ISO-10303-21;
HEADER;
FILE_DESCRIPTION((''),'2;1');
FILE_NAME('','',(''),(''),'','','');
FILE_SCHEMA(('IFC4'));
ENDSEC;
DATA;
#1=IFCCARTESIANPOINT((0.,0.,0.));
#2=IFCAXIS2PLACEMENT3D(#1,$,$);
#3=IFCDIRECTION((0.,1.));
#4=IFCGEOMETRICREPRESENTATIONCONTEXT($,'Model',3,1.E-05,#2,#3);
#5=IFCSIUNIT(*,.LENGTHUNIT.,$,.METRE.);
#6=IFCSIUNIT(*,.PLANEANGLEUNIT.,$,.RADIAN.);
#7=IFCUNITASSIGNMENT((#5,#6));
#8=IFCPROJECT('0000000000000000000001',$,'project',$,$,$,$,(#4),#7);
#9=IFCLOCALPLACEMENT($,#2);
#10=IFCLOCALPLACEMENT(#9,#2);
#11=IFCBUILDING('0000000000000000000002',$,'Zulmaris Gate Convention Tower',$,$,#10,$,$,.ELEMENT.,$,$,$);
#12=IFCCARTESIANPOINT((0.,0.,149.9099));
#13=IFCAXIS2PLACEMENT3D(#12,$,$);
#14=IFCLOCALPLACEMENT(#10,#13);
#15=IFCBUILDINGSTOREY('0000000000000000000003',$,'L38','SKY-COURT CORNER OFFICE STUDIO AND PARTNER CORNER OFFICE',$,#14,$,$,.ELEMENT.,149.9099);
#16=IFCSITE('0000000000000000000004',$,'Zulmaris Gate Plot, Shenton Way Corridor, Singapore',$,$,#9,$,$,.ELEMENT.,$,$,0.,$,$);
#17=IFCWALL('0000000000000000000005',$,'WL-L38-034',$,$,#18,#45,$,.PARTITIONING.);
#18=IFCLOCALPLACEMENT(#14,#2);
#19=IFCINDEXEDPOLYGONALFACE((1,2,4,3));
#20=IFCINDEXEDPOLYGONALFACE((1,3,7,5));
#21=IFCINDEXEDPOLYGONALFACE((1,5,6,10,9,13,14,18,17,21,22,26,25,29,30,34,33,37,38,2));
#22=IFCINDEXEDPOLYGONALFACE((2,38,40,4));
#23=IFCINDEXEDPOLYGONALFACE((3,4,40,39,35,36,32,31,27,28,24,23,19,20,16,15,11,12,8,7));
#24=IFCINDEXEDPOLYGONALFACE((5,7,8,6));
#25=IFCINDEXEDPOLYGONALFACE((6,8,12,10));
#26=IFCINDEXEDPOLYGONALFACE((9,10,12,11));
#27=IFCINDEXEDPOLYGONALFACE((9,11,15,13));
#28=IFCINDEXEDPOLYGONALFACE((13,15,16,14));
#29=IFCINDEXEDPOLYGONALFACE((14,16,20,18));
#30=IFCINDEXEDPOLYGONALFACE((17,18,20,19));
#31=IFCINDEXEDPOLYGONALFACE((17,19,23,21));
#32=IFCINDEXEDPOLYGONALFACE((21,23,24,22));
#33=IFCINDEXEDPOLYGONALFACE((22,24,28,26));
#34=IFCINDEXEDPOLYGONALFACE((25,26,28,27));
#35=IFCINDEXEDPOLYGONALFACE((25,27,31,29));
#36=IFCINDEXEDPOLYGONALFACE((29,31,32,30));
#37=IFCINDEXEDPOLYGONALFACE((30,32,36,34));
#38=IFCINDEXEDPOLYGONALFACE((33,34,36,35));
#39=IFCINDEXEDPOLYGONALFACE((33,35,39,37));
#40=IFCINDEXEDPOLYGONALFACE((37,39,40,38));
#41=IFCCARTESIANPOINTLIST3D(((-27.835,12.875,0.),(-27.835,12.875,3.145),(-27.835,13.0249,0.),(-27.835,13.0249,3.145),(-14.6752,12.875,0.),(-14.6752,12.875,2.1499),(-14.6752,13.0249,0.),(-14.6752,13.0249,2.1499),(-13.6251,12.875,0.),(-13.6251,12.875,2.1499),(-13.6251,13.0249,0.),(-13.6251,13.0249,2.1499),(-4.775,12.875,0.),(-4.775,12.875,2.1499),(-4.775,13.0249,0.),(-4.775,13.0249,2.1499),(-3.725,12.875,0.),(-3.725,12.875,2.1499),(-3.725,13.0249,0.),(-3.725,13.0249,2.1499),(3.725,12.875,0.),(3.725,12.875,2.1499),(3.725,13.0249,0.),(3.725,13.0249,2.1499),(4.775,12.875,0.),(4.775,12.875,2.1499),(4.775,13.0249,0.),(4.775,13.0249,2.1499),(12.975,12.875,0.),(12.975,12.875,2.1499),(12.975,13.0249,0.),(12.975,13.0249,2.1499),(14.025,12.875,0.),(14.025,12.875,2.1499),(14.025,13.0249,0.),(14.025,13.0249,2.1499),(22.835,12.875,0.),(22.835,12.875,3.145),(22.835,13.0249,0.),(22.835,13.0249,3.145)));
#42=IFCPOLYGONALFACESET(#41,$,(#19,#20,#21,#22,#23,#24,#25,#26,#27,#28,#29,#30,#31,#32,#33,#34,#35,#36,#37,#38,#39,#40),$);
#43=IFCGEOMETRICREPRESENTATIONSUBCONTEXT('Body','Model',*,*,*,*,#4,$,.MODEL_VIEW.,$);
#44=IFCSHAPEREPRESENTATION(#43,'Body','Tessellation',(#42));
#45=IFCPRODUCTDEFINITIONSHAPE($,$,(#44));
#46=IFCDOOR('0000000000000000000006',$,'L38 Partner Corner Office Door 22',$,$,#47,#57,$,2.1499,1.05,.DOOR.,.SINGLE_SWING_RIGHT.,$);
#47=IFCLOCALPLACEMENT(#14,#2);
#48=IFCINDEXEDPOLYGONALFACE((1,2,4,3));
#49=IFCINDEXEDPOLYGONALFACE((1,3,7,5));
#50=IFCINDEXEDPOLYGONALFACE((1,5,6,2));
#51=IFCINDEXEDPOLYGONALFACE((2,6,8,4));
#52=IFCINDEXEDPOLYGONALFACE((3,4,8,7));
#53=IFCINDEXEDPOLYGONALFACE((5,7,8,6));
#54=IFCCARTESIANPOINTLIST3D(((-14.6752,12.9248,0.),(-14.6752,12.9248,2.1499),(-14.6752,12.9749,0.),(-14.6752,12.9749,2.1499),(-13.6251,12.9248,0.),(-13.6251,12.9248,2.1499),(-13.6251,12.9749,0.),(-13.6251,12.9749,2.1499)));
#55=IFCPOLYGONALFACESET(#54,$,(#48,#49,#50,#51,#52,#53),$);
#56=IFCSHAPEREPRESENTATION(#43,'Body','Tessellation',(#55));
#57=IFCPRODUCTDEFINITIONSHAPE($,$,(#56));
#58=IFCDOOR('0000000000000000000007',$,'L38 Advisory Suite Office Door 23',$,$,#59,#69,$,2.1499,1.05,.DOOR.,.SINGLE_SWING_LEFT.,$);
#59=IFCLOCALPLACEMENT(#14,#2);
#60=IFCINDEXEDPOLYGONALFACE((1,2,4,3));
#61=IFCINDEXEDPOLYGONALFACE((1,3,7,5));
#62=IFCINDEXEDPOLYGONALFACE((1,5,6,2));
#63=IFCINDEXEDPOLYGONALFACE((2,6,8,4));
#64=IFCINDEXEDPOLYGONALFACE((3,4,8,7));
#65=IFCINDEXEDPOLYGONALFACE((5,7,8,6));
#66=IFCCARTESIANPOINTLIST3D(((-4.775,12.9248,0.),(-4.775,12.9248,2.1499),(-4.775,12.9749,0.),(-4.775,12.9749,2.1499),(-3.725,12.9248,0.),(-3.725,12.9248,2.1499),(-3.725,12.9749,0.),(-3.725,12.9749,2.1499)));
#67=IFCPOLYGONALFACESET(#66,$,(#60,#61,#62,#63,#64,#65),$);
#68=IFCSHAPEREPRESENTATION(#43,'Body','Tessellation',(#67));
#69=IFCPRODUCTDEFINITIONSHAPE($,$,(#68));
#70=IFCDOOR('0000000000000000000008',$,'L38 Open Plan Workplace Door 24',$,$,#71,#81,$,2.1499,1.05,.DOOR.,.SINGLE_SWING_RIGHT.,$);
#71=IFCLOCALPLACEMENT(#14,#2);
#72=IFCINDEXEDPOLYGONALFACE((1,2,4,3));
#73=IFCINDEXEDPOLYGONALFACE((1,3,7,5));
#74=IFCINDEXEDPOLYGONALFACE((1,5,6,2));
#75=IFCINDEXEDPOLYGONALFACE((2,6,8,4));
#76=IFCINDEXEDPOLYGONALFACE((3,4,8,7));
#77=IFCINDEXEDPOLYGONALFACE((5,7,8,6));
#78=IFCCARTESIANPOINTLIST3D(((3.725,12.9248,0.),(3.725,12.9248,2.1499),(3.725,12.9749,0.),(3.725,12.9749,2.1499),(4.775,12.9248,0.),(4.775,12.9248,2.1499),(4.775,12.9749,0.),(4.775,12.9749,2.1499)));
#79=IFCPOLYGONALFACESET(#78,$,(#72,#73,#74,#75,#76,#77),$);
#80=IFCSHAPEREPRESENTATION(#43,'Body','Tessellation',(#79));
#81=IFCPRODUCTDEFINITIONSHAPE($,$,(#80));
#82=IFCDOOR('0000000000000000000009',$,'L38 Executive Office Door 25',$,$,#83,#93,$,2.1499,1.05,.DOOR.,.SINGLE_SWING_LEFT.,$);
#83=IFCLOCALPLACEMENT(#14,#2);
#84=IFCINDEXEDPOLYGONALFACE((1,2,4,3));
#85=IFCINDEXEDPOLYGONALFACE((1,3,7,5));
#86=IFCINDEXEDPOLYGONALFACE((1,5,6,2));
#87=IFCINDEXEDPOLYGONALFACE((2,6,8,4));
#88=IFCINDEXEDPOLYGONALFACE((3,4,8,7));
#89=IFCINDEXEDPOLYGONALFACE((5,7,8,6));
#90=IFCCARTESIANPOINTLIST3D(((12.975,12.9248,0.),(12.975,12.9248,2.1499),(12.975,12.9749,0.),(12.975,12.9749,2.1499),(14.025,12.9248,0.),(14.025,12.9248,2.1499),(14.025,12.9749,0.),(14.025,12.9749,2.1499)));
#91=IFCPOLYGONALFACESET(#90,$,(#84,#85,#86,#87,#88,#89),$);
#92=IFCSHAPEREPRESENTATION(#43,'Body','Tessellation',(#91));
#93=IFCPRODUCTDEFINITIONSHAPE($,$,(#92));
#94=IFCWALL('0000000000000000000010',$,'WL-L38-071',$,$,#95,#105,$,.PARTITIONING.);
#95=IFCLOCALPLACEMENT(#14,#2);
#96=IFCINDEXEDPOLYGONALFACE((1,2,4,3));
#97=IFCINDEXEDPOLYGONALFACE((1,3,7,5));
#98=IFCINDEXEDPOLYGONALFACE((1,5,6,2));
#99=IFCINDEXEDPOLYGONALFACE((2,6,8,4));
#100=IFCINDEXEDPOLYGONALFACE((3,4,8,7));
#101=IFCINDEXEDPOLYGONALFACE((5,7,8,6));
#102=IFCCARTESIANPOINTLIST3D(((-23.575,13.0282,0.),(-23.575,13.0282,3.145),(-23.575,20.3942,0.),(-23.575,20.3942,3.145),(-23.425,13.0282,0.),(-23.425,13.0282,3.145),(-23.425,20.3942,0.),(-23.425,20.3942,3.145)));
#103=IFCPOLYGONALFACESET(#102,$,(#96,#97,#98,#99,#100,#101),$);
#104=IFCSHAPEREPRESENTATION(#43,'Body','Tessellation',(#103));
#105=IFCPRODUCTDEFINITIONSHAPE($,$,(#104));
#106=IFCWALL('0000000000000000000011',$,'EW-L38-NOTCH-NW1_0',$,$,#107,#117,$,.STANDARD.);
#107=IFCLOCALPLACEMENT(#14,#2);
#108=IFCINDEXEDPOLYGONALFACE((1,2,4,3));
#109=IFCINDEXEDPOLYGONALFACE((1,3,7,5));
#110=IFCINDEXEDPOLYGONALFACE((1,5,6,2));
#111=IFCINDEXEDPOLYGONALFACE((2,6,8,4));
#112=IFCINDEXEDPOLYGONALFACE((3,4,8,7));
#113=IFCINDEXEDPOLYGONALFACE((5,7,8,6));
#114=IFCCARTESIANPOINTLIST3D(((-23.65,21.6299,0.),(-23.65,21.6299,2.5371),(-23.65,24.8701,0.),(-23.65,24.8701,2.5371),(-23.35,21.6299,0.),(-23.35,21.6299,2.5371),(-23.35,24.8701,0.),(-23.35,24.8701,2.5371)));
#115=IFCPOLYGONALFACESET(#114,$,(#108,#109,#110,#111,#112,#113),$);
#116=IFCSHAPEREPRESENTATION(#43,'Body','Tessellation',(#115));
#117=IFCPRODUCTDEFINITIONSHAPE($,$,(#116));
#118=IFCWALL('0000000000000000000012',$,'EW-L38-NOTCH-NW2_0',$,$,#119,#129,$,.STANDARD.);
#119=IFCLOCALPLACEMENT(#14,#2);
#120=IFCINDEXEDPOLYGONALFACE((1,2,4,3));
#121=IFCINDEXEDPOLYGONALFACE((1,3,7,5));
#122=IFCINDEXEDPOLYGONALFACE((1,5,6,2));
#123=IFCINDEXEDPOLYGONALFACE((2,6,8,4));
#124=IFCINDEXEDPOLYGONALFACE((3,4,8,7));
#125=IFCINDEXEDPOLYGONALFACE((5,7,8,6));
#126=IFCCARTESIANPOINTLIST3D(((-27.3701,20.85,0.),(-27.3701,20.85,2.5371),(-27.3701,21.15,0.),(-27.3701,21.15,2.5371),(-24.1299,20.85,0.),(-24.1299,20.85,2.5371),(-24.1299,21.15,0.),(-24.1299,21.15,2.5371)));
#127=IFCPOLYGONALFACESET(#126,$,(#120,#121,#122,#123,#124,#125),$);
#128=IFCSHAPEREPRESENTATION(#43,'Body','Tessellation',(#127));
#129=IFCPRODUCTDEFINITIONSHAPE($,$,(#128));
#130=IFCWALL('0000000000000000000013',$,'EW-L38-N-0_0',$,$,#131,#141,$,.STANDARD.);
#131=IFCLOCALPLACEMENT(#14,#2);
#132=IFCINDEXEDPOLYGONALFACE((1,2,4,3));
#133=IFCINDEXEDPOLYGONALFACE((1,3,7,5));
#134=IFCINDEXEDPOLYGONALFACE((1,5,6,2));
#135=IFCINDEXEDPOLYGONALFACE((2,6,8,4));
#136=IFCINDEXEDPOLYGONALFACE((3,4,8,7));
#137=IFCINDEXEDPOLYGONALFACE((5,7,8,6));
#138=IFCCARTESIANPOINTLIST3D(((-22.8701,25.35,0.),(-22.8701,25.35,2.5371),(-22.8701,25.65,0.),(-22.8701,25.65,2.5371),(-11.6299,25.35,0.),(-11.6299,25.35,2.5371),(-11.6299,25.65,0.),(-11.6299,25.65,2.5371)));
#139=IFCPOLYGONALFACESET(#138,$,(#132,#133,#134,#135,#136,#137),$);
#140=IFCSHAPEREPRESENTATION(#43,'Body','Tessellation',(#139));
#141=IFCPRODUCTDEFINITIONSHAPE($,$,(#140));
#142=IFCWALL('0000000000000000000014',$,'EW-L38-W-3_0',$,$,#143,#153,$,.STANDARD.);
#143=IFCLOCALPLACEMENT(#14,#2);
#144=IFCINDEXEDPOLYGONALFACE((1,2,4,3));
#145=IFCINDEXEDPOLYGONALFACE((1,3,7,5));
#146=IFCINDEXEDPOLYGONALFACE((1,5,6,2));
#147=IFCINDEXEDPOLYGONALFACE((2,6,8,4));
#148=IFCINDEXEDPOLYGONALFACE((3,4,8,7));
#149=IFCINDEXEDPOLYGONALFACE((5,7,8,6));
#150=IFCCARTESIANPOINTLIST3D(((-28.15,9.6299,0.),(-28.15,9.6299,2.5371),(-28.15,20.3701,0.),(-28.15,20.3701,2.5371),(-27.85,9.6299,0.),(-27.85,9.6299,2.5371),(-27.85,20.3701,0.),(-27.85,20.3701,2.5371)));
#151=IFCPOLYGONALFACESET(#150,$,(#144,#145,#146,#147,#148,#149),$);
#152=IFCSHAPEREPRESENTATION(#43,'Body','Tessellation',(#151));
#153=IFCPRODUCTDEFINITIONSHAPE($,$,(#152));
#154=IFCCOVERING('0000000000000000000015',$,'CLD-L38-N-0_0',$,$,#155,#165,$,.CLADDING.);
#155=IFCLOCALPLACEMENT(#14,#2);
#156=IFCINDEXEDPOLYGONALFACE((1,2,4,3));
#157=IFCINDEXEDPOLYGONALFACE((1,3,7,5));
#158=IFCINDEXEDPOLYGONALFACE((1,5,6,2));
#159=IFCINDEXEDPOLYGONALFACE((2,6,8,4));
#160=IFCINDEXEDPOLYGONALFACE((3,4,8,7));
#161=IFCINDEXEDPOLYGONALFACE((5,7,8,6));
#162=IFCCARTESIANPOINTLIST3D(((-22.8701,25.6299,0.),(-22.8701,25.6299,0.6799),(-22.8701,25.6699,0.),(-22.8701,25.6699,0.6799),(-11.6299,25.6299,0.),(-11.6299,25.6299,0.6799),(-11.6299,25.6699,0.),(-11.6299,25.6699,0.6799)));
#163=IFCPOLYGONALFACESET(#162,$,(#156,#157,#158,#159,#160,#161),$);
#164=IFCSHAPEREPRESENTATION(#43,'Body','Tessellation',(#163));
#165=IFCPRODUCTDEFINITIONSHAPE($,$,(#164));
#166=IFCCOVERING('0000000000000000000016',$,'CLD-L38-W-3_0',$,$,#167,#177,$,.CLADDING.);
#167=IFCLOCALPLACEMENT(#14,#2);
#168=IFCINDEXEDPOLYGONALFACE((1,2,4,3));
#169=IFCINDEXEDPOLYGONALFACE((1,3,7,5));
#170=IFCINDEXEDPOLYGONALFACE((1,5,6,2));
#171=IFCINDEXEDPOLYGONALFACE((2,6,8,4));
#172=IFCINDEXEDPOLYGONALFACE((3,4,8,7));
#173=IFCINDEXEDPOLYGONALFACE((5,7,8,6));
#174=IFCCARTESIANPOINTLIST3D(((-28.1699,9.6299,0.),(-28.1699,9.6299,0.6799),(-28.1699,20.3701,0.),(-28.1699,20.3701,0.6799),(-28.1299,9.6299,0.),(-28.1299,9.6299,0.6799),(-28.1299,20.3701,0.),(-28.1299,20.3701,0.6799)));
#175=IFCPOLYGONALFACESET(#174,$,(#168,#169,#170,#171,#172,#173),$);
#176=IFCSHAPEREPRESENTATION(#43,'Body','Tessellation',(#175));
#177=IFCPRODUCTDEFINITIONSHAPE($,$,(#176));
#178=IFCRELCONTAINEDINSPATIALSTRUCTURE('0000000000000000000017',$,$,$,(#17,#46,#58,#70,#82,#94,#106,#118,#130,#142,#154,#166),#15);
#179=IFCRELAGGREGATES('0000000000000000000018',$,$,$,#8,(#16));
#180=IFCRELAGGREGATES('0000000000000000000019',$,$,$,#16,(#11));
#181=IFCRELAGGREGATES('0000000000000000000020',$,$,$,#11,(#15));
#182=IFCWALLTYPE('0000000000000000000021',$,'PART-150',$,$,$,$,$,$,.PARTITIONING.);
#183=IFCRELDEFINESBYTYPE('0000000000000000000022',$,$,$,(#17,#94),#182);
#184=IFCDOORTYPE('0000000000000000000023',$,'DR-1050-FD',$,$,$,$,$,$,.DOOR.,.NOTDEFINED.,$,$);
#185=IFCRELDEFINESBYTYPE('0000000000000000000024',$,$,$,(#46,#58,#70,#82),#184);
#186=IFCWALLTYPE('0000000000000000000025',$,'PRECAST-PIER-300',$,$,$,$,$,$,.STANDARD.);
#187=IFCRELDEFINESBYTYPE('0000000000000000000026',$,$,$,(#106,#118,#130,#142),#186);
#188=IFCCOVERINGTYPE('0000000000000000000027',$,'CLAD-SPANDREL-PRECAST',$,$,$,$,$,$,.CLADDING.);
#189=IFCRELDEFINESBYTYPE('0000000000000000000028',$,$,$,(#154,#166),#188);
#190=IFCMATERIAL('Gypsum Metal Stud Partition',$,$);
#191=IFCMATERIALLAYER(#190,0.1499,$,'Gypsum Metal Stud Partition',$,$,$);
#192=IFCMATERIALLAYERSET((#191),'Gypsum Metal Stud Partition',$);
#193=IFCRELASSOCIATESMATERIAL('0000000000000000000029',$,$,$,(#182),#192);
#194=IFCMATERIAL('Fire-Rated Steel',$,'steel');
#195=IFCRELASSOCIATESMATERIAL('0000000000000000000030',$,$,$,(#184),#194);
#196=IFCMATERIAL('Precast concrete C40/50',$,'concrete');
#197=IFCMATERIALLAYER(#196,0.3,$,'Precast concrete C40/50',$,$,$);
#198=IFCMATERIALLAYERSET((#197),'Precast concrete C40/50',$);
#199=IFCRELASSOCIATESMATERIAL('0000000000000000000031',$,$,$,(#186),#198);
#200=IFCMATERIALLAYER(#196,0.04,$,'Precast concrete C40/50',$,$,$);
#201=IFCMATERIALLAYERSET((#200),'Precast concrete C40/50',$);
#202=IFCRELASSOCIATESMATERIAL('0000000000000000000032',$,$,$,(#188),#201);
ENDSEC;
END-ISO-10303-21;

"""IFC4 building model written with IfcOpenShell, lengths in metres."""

from ifc_helpers import new_model, si_unit, direction, frame, frame_2d, origin, place, context, subcontext, project, spatial, rectangle, extrude, material, layer, layer_set, type_object, element, fill, save


model = new_model("IFC4")

# Units and contexts
model_context = context("Model", 3, precision=1e-05, world=origin(), true_north=direction((0.0, 1.0)))
body_context = subcontext(model_context, "Body", "Model", "MODEL_VIEW")
ifc_project = project(units=[si_unit("LENGTHUNIT", "METRE"), si_unit("PLANEANGLEUNIT", "RADIAN")], contexts=[model_context])

# Site, building, storey
site_placement = place(None, origin())
site = spatial("IfcSite", under=ifc_project, at=site_placement, Name="Zulmaris Gate Plot, Shenton Way Corridor, Singapore", CompositionType="ELEMENT", RefElevation=0.0)
building_placement = place(site_placement, origin())
building = spatial("IfcBuilding", under=site, at=building_placement, Name="Zulmaris Gate Convention Tower", CompositionType="ELEMENT")
storey_placement = place(building_placement, frame((0.0, 0.0, 149.9099)))
storey = spatial("IfcBuildingStorey", under=building, at=storey_placement, Name="L38", Description="SKY-COURT CORNER OFFICE STUDIO AND PARTNER CORNER OFFICE", CompositionType="ELEMENT", Elevation=149.9099)

# Wall, openings, doors
ifc_material_1 = material(Name="Gypsum Metal Stud Partition")
ifc_layer_1 = layer(ifc_material_1, 0.1499, Name="Gypsum Metal Stud Partition")
ifc_layer_set_1 = layer_set([ifc_layer_1], Name="Gypsum Metal Stud Partition")
wall_type_1 = type_object("IfcWallType", Name="PART-150", PredefinedType="PARTITIONING", material=ifc_layer_set_1)
wall_1_placement = place(storey_placement, frame((-27.835, 12.95, 0.0), z_axis=(0.0, 0.0, 1.0), x_axis=(1.0, 0.0, 0.0)))
wall_1 = element("IfcWall", 1, at=wall_1_placement, inside=storey, type_object=wall_type_1, Name="WL-L38-034", PredefinedType="PARTITIONING", context=body_context, shape_type="SweptSolid", body=[
    extrude(rectangle(XDim=50.6699, YDim=0.1499, at=frame_2d((25.335, 0.0))), origin(), (0.0, 0.0, 1.0), 3.145),
])
opening_1_placement = place(wall_1_placement, frame((13.1599, 0.0, 0.0)))
opening_1 = element("IfcOpeningElement", 2, at=opening_1_placement, cuts=wall_1, PredefinedType="OPENING", context=body_context, shape_type="SweptSolid", body=[
    extrude(rectangle(XDim=1.05, YDim=2.1499, at=frame_2d((0.5249, 1.075))), frame((0.0, 0.085, 0.0), z_axis=(0.0, -1.0, 0.0), x_axis=(1.0, 0.0, 0.0)), (0.0, 0.0, 1.0), 0.1699),
])
opening_2_placement = place(wall_1_placement, frame((23.0601, 0.0, 0.0)))
opening_2 = element("IfcOpeningElement", 3, at=opening_2_placement, cuts=wall_1, PredefinedType="OPENING", context=body_context, shape_type="SweptSolid", body=[
    extrude(rectangle(XDim=1.05, YDim=2.1499, at=frame_2d((0.5249, 1.075))), frame((0.0, 0.085, 0.0), z_axis=(0.0, -1.0, 0.0), x_axis=(1.0, 0.0, 0.0)), (0.0, 0.0, 1.0), 0.1699),
])
opening_3_placement = place(wall_1_placement, frame((31.5601, 0.0, 0.0)))
opening_3 = element("IfcOpeningElement", 4, at=opening_3_placement, cuts=wall_1, PredefinedType="OPENING", context=body_context, shape_type="SweptSolid", body=[
    extrude(rectangle(XDim=1.05, YDim=2.1499, at=frame_2d((0.5249, 1.075))), frame((0.0, 0.085, 0.0), z_axis=(0.0, -1.0, 0.0), x_axis=(1.0, 0.0, 0.0)), (0.0, 0.0, 1.0), 0.1699),
])
opening_4_placement = place(wall_1_placement, frame((40.8101, 0.0, 0.0)))
opening_4 = element("IfcOpeningElement", 5, at=opening_4_placement, cuts=wall_1, PredefinedType="OPENING", context=body_context, shape_type="SweptSolid", body=[
    extrude(rectangle(XDim=1.05, YDim=2.1499, at=frame_2d((0.5249, 1.075))), frame((0.0, 0.085, 0.0), z_axis=(0.0, -1.0, 0.0), x_axis=(1.0, 0.0, 0.0)), (0.0, 0.0, 1.0), 0.1699),
])
ifc_material_2 = material(Name="Fire-Rated Steel", Category="steel")
door_type_1 = type_object("IfcDoorType", Name="DR-1050-FD", OperationType="NOTDEFINED", PredefinedType="DOOR", material=ifc_material_2)
door_1_placement = place(opening_1_placement, origin())
door_1 = element("IfcDoor", 6, at=door_1_placement, inside=storey, type_object=door_type_1, Name="L38 Partner Corner Office Door 22", OperationType="SINGLE_SWING_RIGHT", OverallHeight=2.1499, OverallWidth=1.05, PredefinedType="DOOR", context=body_context, shape_type="SweptSolid", body=[
    extrude(rectangle(XDim=1.05, YDim=2.1499, at=frame_2d((0.5249, 1.075))), frame((0.0, 0.0249, 0.0), z_axis=(0.0, -1.0, 0.0), x_axis=(1.0, 0.0, 0.0)), (0.0, 0.0, 1.0), 0.05),
])
fill(opening_1, door_1)
door_2_placement = place(opening_2_placement, origin())
door_2 = element("IfcDoor", 7, at=door_2_placement, inside=storey, type_object=door_type_1, Name="L38 Advisory Suite Office Door 23", OperationType="SINGLE_SWING_LEFT", OverallHeight=2.1499, OverallWidth=1.05, PredefinedType="DOOR", context=body_context, shape_type="SweptSolid", body=[
    extrude(rectangle(XDim=1.05, YDim=2.1499, at=frame_2d((0.5249, 1.075))), frame((0.0, 0.0249, 0.0), z_axis=(0.0, -1.0, 0.0), x_axis=(1.0, 0.0, 0.0)), (0.0, 0.0, 1.0), 0.05),
])
fill(opening_2, door_2)
door_3_placement = place(opening_3_placement, origin())
door_3 = element("IfcDoor", 8, at=door_3_placement, inside=storey, type_object=door_type_1, Name="L38 Open Plan Workplace Door 24", OperationType="SINGLE_SWING_RIGHT", OverallHeight=2.1499, OverallWidth=1.05, PredefinedType="DOOR", context=body_context, shape_type="SweptSolid", body=[
    extrude(rectangle(XDim=1.05, YDim=2.1499, at=frame_2d((0.5249, 1.075))), frame((0.0, 0.0249, 0.0), z_axis=(0.0, -1.0, 0.0), x_axis=(1.0, 0.0, 0.0)), (0.0, 0.0, 1.0), 0.05),
])
fill(opening_3, door_3)
door_4_placement = place(opening_4_placement, origin())
door_4 = element("IfcDoor", 9, at=door_4_placement, inside=storey, type_object=door_type_1, Name="L38 Executive Office Door 25", OperationType="SINGLE_SWING_LEFT", OverallHeight=2.1499, OverallWidth=1.05, PredefinedType="DOOR", context=body_context, shape_type="SweptSolid", body=[
    extrude(rectangle(XDim=1.05, YDim=2.1499, at=frame_2d((0.5249, 1.075))), frame((0.0, 0.0249, 0.0), z_axis=(0.0, -1.0, 0.0), x_axis=(1.0, 0.0, 0.0)), (0.0, 0.0, 1.0), 0.05),
])
fill(opening_4, door_4)

# Wall
wall_2_placement = place(storey_placement, frame((-23.5, 13.0281, 0.0), z_axis=(0.0, 0.0, 1.0), x_axis=(0.0, 1.0, 0.0)))
element("IfcWall", 10, at=wall_2_placement, inside=storey, type_object=wall_type_1, Name="WL-L38-071", PredefinedType="PARTITIONING", context=body_context, shape_type="SweptSolid", body=[
    extrude(rectangle(XDim=7.366, YDim=0.1499, at=frame_2d((3.6831, 0.0))), origin(), (0.0, 0.0, 1.0), 3.145),
])

# Walls
ifc_material_3 = material(Name="Precast concrete C40/50", Category="concrete")
ifc_layer_2 = layer(ifc_material_3, 0.3, Name="Precast concrete C40/50")
ifc_layer_set_2 = layer_set([ifc_layer_2], Name="Precast concrete C40/50")
wall_type_2 = type_object("IfcWallType", Name="PRECAST-PIER-300", PredefinedType="STANDARD", material=ifc_layer_set_2)
for number, where, z_axis, x_axis, name in (
    (11, (-23.5, 24.8701, 0.0), (0.0, 0.0, 1.0), (0.0, -1.0, 0.0), "EW-L38-NOTCH-NW1_0"),
    (12, (-24.1299, 21.0, 0.0), (0.0, 0.0, 1.0), (-1.0, 0.0, 0.0), "EW-L38-NOTCH-NW2_0"),
):
    element("IfcWall", number, at=place(storey_placement, frame(where, z_axis=z_axis, x_axis=x_axis)), inside=storey, type_object=wall_type_2, Name=name, PredefinedType="STANDARD", context=body_context, shape_type="SweptSolid", body=[
        extrude(rectangle(XDim=3.2402, YDim=0.3, at=frame_2d((1.6201, 0.0))), origin(), (0.0, 0.0, 1.0), 2.5371),
    ])
wall_3_placement = place(storey_placement, frame((-11.6299, 25.5, 0.0), z_axis=(0.0, 0.0, 1.0), x_axis=(-1.0, 0.0, 0.0)))
element("IfcWall", 13, at=wall_3_placement, inside=storey, type_object=wall_type_2, Name="EW-L38-N-0_0", PredefinedType="STANDARD", context=body_context, shape_type="SweptSolid", body=[
    extrude(rectangle(XDim=11.2402, YDim=0.3, at=frame_2d((5.6201, 0.0))), origin(), (0.0, 0.0, 1.0), 2.5371),
])
wall_4_placement = place(storey_placement, frame((-28.0, 20.3701, 0.0), z_axis=(0.0, 0.0, 1.0), x_axis=(0.0, -1.0, 0.0)))
element("IfcWall", 14, at=wall_4_placement, inside=storey, type_object=wall_type_2, Name="EW-L38-W-3_0", PredefinedType="STANDARD", context=body_context, shape_type="SweptSolid", body=[
    extrude(rectangle(XDim=10.7402, YDim=0.3, at=frame_2d((5.3701, 0.0))), origin(), (0.0, 0.0, 1.0), 2.5371),
])

# Coverings
ifc_layer_3 = layer(ifc_material_3, 0.04, Name="Precast concrete C40/50")
ifc_layer_set_3 = layer_set([ifc_layer_3], Name="Precast concrete C40/50")
covering_type_1 = type_object("IfcCoveringType", Name="CLAD-SPANDREL-PRECAST", PredefinedType="CLADDING", material=ifc_layer_set_3)
covering_1_placement = place(storey_placement, frame((-11.6299, 25.6499, 0.0), z_axis=(0.0, 0.0, 1.0), x_axis=(-1.0, 0.0, 0.0)))
element("IfcCovering", 15, at=covering_1_placement, inside=storey, type_object=covering_type_1, Name="CLD-L38-N-0_0", PredefinedType="CLADDING", context=body_context, shape_type="SweptSolid", body=[
    extrude(rectangle(XDim=11.2402, YDim=0.04, at=frame_2d((5.6201, 0.0))), origin(), (0.0, 0.0, 1.0), 0.6799),
])
covering_2_placement = place(storey_placement, frame((-28.1499, 20.3701, 0.0), z_axis=(0.0, 0.0, 1.0), x_axis=(0.0, -1.0, 0.0)))
element("IfcCovering", 16, at=covering_2_placement, inside=storey, type_object=covering_type_1, Name="CLD-L38-W-3_0", PredefinedType="CLADDING", context=body_context, shape_type="SweptSolid", body=[
    extrude(rectangle(XDim=10.7402, YDim=0.04, at=frame_2d((5.3701, 0.0))), origin(), (0.0, 0.0, 1.0), 0.6799),
])

save(model, "model.ifc")
